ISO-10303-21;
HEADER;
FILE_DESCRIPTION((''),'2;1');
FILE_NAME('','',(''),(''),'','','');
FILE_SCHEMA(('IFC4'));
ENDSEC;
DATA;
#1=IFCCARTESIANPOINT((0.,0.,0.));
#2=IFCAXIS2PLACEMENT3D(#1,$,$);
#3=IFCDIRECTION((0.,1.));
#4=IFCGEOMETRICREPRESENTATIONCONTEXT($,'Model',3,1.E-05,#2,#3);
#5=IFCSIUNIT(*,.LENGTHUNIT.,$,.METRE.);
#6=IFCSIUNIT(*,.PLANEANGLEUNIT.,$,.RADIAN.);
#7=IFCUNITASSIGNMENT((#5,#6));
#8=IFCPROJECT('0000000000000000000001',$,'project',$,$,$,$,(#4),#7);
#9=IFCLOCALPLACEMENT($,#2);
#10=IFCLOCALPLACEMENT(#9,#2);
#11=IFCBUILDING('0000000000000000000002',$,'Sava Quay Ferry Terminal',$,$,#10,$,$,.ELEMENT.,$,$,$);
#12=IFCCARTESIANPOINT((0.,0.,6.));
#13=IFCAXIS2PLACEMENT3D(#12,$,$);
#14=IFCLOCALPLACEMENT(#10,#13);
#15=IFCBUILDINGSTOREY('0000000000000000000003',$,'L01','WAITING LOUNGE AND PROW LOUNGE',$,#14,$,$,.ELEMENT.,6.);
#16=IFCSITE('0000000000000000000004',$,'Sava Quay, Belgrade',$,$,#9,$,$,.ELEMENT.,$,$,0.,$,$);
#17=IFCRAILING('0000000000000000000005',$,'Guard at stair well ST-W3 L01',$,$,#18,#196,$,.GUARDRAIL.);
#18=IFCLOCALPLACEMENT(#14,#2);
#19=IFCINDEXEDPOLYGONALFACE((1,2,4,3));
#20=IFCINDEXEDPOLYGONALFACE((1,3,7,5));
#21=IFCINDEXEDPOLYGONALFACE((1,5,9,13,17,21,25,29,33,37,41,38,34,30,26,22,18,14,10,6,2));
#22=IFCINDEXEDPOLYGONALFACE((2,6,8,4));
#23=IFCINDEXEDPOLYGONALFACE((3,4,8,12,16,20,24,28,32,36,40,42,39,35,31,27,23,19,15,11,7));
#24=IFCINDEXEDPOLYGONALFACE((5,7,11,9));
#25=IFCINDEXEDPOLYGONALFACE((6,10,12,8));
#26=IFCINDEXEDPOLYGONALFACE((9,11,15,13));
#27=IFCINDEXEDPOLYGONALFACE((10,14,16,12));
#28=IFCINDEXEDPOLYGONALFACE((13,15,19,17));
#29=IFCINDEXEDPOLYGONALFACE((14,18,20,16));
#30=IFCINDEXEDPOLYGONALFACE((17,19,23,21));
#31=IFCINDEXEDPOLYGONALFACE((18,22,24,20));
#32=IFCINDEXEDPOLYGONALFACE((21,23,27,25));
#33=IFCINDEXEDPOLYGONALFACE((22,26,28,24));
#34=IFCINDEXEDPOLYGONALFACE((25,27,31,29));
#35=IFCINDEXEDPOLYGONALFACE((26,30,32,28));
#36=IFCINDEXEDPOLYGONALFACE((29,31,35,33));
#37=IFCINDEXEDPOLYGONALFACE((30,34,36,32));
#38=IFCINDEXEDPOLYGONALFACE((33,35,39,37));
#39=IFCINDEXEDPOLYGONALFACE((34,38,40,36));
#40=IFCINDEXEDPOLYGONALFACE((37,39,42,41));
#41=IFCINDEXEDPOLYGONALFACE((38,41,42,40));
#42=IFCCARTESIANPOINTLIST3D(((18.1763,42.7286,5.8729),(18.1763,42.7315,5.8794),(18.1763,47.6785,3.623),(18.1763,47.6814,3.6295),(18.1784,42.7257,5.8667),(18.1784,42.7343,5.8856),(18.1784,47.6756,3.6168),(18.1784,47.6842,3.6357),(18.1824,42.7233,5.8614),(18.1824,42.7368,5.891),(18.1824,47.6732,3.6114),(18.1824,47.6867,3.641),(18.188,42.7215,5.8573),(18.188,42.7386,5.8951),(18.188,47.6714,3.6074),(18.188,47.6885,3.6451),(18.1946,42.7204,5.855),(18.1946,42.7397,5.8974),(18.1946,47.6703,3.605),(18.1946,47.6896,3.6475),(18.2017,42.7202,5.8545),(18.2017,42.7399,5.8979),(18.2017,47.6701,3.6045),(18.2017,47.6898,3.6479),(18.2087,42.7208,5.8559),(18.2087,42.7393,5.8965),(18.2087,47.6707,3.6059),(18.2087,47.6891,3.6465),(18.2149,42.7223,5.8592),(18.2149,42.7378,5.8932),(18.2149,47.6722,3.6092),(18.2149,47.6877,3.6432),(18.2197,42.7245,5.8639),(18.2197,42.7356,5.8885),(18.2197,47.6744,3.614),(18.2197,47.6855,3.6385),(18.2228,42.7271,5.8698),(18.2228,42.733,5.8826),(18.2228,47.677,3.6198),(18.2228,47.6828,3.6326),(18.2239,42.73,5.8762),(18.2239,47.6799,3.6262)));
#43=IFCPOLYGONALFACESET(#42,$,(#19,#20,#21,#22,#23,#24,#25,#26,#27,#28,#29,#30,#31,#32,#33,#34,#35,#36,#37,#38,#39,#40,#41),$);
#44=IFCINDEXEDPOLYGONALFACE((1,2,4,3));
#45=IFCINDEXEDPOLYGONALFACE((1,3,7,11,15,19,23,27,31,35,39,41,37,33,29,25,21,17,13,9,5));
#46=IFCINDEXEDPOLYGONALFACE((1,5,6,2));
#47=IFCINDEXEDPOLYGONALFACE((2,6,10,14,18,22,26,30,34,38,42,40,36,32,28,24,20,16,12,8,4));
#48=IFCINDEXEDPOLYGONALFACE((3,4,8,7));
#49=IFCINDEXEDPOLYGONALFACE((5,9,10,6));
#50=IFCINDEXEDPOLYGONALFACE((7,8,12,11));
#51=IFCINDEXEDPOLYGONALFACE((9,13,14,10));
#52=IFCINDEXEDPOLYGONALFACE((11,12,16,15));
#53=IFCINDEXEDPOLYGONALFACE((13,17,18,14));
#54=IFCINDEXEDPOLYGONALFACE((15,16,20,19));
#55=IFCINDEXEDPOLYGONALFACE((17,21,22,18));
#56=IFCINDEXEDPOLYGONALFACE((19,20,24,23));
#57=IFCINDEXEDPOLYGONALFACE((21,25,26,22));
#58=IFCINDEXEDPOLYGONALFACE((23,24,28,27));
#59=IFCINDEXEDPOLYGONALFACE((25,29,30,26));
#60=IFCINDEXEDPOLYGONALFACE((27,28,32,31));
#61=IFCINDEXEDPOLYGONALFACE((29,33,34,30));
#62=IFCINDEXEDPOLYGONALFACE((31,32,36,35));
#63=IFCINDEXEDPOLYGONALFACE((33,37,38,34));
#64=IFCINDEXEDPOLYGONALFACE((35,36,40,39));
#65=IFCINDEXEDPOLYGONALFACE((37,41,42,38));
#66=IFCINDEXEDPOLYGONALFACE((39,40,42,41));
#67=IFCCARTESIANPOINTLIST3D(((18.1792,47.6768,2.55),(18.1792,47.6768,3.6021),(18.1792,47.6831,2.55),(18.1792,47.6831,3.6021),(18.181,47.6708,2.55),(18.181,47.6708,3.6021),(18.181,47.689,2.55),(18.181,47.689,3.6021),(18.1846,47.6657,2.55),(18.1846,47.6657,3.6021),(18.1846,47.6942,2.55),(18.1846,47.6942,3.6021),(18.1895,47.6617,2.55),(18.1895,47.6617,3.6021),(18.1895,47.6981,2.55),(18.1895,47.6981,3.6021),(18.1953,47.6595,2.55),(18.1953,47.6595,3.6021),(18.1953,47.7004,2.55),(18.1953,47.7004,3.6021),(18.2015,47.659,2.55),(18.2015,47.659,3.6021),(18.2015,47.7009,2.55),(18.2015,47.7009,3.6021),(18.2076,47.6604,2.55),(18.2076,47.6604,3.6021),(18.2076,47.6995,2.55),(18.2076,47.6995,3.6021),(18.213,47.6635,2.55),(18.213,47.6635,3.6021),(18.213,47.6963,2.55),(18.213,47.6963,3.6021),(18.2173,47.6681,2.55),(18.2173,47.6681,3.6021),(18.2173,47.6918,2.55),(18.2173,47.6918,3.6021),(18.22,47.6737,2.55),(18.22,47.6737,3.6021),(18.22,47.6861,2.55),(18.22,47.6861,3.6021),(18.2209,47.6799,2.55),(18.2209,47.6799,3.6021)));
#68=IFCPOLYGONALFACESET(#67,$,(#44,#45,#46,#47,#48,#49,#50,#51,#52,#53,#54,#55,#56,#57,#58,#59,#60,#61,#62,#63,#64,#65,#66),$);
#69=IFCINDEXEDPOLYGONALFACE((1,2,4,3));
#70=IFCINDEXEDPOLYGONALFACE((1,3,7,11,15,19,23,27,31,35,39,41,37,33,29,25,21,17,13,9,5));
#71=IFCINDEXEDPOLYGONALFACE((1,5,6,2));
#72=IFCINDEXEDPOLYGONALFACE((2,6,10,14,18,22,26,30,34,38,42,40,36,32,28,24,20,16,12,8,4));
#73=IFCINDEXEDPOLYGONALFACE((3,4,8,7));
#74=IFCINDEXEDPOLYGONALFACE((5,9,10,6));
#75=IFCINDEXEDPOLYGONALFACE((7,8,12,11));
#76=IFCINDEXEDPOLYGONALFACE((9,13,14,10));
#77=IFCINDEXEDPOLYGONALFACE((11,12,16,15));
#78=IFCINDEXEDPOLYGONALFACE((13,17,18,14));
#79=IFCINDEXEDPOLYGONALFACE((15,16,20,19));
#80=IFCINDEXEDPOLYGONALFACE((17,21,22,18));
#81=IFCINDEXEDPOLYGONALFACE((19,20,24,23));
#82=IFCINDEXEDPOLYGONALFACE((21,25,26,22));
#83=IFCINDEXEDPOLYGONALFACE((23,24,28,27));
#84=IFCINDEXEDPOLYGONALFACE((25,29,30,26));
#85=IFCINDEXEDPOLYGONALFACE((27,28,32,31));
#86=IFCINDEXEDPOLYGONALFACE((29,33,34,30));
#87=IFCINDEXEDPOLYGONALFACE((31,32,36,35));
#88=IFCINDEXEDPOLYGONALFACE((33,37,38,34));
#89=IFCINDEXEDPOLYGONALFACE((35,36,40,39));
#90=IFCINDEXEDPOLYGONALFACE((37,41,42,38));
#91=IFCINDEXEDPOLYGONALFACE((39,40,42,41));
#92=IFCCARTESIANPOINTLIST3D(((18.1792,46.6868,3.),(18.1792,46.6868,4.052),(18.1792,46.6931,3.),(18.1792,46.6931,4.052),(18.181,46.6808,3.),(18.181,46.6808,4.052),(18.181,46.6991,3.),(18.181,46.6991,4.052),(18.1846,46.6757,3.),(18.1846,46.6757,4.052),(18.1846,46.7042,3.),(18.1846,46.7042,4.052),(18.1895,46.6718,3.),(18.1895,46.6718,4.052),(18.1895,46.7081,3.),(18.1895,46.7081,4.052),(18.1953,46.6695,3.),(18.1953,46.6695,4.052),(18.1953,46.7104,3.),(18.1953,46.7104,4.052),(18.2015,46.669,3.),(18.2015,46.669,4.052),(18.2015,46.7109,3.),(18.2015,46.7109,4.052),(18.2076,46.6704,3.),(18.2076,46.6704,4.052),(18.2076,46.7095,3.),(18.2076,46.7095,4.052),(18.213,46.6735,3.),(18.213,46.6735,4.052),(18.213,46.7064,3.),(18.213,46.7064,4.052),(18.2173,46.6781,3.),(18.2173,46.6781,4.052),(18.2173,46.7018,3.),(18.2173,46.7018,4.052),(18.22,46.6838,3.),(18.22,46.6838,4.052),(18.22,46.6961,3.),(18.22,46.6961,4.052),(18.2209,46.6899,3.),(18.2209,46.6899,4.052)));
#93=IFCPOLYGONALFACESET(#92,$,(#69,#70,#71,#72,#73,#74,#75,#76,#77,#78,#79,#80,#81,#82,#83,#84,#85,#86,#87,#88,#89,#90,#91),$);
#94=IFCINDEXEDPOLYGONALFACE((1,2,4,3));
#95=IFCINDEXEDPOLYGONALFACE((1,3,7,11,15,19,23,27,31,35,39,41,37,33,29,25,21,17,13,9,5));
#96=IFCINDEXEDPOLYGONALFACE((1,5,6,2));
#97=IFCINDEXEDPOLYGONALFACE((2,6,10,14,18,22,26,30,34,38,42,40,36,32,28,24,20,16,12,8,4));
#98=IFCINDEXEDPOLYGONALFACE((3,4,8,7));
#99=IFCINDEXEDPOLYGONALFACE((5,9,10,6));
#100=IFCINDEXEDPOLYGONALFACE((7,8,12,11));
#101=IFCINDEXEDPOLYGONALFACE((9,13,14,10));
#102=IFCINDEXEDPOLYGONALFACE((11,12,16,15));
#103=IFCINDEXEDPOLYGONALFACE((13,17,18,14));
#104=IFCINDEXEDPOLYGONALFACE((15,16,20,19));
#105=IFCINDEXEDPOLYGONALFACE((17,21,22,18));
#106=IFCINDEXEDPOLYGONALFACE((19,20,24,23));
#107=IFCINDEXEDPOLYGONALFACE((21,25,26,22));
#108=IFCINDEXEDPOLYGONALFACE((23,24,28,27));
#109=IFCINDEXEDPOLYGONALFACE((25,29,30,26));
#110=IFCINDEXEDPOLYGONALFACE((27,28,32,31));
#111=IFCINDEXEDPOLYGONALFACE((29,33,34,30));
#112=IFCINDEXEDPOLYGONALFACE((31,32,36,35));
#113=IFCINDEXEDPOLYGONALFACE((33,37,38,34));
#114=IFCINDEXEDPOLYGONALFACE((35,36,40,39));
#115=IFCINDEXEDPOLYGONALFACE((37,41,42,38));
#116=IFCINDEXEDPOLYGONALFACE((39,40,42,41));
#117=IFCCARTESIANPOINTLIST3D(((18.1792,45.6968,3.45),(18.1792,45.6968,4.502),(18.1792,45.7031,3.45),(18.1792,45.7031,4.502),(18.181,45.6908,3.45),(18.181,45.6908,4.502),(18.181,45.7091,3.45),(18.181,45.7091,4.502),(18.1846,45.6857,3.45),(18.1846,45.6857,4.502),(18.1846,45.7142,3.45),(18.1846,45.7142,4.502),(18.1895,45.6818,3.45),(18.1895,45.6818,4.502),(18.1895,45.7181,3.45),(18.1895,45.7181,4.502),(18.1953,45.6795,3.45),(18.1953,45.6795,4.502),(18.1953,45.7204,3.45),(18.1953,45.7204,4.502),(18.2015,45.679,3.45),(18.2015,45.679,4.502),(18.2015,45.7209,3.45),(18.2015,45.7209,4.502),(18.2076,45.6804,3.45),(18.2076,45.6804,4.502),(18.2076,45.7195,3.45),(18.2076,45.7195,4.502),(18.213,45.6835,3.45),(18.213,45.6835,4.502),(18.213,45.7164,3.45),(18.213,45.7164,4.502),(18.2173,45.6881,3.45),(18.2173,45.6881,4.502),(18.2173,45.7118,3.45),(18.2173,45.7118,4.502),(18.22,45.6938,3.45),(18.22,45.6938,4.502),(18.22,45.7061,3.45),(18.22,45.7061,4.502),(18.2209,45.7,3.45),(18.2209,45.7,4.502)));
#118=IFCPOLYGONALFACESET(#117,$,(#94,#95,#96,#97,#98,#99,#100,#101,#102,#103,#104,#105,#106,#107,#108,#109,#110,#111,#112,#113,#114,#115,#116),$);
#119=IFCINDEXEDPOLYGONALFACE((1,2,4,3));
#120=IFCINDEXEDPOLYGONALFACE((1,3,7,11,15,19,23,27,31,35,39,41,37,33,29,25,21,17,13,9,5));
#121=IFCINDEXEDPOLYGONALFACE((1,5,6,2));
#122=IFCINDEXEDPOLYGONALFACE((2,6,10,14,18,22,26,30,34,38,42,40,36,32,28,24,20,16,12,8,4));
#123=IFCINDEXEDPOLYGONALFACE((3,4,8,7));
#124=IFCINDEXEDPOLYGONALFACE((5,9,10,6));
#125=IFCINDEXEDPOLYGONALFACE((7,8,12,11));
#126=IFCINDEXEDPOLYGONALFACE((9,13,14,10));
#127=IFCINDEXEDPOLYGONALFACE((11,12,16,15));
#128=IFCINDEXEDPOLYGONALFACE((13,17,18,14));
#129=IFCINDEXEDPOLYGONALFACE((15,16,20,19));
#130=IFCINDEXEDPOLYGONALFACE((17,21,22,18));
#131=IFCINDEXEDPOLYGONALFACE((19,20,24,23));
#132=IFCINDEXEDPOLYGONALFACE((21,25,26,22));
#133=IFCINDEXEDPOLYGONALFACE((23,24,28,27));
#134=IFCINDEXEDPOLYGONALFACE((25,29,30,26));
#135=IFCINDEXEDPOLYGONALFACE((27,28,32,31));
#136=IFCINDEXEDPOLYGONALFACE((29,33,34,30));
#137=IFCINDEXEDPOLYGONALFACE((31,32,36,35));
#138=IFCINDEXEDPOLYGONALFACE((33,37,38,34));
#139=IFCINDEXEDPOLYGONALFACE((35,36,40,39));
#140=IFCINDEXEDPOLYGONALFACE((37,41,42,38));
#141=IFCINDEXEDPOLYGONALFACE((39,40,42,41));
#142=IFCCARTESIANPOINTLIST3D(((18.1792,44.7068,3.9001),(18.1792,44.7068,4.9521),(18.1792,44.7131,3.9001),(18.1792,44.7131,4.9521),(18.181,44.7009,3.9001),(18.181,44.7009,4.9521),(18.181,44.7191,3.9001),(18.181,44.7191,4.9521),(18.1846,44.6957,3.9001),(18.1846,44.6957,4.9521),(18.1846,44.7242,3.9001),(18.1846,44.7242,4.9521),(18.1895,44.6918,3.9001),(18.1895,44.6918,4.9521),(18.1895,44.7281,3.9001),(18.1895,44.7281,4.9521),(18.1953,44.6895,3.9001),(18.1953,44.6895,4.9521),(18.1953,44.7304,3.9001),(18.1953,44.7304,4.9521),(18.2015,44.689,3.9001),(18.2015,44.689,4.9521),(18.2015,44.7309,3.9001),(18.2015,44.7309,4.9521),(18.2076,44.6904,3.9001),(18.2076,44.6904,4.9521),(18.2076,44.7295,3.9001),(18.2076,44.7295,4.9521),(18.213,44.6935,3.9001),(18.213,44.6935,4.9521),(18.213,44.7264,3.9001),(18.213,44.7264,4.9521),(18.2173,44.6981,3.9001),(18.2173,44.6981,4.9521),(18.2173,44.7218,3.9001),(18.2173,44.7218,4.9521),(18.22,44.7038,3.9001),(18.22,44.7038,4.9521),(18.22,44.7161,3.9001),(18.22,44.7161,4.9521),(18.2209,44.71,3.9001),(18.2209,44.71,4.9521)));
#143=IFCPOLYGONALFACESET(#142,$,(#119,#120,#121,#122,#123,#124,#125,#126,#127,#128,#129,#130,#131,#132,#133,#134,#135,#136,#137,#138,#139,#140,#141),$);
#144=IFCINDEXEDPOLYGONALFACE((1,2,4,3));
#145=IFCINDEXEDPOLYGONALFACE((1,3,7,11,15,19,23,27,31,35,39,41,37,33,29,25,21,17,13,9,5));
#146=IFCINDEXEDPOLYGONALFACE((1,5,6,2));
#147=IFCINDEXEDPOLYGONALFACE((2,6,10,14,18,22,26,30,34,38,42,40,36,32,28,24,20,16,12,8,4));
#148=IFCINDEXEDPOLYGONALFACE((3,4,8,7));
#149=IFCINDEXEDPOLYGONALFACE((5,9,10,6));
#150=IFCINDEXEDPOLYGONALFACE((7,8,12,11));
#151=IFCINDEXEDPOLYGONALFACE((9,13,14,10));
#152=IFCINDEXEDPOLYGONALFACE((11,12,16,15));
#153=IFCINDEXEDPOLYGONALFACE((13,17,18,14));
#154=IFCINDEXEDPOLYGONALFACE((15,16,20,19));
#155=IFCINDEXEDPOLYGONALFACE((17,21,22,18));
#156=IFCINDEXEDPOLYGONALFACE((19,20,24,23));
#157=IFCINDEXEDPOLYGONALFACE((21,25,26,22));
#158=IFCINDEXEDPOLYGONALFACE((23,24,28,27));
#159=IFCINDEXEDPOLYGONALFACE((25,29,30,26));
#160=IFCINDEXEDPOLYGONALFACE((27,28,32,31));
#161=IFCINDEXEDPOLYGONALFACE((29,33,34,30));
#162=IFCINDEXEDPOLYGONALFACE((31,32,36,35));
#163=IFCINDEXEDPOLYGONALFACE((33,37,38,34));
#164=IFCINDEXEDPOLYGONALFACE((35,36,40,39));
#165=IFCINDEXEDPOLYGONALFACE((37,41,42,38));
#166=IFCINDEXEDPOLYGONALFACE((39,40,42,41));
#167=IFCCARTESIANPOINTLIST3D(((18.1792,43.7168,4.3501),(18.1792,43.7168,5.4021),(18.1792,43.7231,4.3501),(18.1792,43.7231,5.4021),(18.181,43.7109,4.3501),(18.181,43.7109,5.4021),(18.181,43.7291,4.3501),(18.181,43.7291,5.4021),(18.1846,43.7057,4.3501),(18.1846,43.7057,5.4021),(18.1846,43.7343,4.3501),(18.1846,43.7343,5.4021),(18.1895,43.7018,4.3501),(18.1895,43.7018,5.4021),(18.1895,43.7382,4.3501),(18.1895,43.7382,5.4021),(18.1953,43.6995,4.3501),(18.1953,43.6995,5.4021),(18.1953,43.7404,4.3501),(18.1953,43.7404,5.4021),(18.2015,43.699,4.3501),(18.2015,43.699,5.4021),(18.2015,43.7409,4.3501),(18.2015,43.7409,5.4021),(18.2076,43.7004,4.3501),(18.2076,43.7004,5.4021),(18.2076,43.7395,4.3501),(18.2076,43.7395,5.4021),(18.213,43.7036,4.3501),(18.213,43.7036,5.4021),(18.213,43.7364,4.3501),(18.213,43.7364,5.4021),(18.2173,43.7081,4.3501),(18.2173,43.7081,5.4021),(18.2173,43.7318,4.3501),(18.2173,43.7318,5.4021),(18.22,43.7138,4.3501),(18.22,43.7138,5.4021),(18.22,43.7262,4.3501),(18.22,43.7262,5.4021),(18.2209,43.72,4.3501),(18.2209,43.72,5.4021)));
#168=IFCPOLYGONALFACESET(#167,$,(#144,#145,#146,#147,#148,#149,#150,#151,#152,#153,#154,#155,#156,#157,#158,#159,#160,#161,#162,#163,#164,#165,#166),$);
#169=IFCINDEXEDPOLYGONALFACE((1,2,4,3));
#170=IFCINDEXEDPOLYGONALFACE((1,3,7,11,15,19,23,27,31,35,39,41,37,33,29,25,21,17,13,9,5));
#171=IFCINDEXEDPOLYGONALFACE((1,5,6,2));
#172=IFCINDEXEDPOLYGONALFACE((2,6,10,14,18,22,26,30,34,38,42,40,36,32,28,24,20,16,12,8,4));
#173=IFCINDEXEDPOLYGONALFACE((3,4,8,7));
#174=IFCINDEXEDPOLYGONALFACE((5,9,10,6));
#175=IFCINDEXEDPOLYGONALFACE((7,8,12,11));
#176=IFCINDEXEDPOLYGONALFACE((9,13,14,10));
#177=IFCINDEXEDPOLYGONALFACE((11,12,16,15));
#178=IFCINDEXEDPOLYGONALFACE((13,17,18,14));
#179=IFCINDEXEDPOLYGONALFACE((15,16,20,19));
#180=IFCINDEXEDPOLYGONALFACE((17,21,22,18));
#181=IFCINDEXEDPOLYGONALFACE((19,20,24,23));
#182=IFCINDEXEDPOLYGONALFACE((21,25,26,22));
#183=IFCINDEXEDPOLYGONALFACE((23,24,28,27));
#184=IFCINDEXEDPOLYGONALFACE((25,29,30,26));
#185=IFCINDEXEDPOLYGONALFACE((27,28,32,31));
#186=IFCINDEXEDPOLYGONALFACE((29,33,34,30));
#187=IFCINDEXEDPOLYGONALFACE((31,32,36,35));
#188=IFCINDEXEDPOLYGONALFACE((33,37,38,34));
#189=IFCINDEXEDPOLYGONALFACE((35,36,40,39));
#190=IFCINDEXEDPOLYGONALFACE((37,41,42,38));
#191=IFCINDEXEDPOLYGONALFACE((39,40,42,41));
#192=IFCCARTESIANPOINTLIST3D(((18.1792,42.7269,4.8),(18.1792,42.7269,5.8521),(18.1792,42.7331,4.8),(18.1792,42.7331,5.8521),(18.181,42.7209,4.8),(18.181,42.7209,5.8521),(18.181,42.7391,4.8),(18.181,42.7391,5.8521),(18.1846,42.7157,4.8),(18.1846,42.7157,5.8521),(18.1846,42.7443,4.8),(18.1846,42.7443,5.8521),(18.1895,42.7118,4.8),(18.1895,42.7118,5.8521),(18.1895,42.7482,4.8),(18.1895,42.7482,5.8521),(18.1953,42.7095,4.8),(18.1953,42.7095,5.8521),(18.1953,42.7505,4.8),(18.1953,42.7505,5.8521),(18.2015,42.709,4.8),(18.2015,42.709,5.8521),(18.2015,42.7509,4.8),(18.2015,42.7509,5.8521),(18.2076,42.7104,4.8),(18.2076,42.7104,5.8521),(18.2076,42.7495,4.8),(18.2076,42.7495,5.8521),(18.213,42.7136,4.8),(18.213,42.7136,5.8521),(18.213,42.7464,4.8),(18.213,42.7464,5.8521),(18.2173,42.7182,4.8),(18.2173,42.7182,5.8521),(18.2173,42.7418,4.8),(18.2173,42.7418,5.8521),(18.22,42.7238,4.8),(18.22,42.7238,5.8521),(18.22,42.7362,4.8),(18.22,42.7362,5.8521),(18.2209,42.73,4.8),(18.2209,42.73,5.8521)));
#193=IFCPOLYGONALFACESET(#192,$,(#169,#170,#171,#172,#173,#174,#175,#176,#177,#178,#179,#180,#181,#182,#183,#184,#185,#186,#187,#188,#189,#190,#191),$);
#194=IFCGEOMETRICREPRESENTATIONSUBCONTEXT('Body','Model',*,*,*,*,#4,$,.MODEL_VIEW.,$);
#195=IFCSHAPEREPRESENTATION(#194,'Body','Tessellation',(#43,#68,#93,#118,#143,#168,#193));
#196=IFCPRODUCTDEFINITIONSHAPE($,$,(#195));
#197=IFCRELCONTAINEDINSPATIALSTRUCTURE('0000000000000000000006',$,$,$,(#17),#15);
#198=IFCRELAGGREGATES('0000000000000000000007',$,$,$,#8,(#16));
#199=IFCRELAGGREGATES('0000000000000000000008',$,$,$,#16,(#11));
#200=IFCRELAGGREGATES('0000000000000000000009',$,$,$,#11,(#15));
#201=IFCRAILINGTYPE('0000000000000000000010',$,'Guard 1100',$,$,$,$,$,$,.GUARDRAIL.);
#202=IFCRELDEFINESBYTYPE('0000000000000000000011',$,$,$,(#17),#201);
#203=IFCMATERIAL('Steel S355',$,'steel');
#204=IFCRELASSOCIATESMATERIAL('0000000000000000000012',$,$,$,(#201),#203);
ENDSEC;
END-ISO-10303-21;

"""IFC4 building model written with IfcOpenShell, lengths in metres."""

from ifc_helpers import new_model, si_unit, direction, frame, origin, origin_2d, place, context, subcontext, project, spatial, circle, extrude, material, type_object, element, save


model = new_model("IFC4")

# Units and contexts
model_context = context("Model", 3, precision=1e-05, world=origin(), true_north=direction((0.0, 1.0)))
body_context = subcontext(model_context, "Body", "Model", "MODEL_VIEW")
ifc_project = project(units=[si_unit("LENGTHUNIT", "METRE"), si_unit("PLANEANGLEUNIT", "RADIAN")], contexts=[model_context])

# Site, building, storey
site_placement = place(None, origin())
site = spatial("IfcSite", under=ifc_project, at=site_placement, Name="Sava Quay, Belgrade", CompositionType="ELEMENT", RefElevation=0.0)
building_placement = place(site_placement, origin())
building = spatial("IfcBuilding", under=site, at=building_placement, Name="Sava Quay Ferry Terminal", CompositionType="ELEMENT")
storey_placement = place(building_placement, frame((0.0, 0.0, 6.0)))
storey = spatial("IfcBuildingStorey", under=building, at=storey_placement, Name="L01", Description="WAITING LOUNGE AND PROW LOUNGE", CompositionType="ELEMENT", Elevation=6.0)

# Railing
ifc_material_1 = material(Name="Steel S355", Category="steel")
railing_type_1 = type_object("IfcRailingType", Name="Guard 1100", PredefinedType="GUARDRAIL", material=ifc_material_1)
railing_1_placement = place(storey_placement, frame((18.2, 47.6799, 2.55)))
element("IfcRailing", 1, at=railing_1_placement, inside=storey, type_object=railing_type_1, Name="Guard at stair well ST-W3 L01", PredefinedType="GUARDRAIL", context=body_context, shape_type="SweptSolid", body=[
    extrude(circle(Radius=0.0239, at=origin_2d()), frame((0.0, 0.0, 1.0762), z_axis=(0.0, -0.910365, 0.413806), x_axis=(1.0, 0.0, 0.0)), (0.0, 0.0, 1.0), 5.4373),
    extrude(circle(Radius=0.021, at=origin_2d()), origin(), (0.0, 0.0, 1.0), 1.052),
    extrude(circle(Radius=0.021, at=origin_2d()), frame((0.0, -0.99, 0.45)), (0.0, 0.0, 1.0), 1.052),
    extrude(circle(Radius=0.021, at=origin_2d()), frame((0.0, -1.98, 0.8999)), (0.0, 0.0, 1.0), 1.052),
    extrude(circle(Radius=0.021, at=origin_2d()), frame((0.0, -2.97, 1.3501)), (0.0, 0.0, 1.0), 1.052),
    extrude(circle(Radius=0.021, at=origin_2d()), frame((0.0, -3.96, 1.8)), (0.0, 0.0, 1.0), 1.052),
    extrude(circle(Radius=0.021, at=origin_2d()), frame((0.0, -4.95, 2.25)), (0.0, 0.0, 1.0), 1.052),
])

save(model, "model.ifc")
